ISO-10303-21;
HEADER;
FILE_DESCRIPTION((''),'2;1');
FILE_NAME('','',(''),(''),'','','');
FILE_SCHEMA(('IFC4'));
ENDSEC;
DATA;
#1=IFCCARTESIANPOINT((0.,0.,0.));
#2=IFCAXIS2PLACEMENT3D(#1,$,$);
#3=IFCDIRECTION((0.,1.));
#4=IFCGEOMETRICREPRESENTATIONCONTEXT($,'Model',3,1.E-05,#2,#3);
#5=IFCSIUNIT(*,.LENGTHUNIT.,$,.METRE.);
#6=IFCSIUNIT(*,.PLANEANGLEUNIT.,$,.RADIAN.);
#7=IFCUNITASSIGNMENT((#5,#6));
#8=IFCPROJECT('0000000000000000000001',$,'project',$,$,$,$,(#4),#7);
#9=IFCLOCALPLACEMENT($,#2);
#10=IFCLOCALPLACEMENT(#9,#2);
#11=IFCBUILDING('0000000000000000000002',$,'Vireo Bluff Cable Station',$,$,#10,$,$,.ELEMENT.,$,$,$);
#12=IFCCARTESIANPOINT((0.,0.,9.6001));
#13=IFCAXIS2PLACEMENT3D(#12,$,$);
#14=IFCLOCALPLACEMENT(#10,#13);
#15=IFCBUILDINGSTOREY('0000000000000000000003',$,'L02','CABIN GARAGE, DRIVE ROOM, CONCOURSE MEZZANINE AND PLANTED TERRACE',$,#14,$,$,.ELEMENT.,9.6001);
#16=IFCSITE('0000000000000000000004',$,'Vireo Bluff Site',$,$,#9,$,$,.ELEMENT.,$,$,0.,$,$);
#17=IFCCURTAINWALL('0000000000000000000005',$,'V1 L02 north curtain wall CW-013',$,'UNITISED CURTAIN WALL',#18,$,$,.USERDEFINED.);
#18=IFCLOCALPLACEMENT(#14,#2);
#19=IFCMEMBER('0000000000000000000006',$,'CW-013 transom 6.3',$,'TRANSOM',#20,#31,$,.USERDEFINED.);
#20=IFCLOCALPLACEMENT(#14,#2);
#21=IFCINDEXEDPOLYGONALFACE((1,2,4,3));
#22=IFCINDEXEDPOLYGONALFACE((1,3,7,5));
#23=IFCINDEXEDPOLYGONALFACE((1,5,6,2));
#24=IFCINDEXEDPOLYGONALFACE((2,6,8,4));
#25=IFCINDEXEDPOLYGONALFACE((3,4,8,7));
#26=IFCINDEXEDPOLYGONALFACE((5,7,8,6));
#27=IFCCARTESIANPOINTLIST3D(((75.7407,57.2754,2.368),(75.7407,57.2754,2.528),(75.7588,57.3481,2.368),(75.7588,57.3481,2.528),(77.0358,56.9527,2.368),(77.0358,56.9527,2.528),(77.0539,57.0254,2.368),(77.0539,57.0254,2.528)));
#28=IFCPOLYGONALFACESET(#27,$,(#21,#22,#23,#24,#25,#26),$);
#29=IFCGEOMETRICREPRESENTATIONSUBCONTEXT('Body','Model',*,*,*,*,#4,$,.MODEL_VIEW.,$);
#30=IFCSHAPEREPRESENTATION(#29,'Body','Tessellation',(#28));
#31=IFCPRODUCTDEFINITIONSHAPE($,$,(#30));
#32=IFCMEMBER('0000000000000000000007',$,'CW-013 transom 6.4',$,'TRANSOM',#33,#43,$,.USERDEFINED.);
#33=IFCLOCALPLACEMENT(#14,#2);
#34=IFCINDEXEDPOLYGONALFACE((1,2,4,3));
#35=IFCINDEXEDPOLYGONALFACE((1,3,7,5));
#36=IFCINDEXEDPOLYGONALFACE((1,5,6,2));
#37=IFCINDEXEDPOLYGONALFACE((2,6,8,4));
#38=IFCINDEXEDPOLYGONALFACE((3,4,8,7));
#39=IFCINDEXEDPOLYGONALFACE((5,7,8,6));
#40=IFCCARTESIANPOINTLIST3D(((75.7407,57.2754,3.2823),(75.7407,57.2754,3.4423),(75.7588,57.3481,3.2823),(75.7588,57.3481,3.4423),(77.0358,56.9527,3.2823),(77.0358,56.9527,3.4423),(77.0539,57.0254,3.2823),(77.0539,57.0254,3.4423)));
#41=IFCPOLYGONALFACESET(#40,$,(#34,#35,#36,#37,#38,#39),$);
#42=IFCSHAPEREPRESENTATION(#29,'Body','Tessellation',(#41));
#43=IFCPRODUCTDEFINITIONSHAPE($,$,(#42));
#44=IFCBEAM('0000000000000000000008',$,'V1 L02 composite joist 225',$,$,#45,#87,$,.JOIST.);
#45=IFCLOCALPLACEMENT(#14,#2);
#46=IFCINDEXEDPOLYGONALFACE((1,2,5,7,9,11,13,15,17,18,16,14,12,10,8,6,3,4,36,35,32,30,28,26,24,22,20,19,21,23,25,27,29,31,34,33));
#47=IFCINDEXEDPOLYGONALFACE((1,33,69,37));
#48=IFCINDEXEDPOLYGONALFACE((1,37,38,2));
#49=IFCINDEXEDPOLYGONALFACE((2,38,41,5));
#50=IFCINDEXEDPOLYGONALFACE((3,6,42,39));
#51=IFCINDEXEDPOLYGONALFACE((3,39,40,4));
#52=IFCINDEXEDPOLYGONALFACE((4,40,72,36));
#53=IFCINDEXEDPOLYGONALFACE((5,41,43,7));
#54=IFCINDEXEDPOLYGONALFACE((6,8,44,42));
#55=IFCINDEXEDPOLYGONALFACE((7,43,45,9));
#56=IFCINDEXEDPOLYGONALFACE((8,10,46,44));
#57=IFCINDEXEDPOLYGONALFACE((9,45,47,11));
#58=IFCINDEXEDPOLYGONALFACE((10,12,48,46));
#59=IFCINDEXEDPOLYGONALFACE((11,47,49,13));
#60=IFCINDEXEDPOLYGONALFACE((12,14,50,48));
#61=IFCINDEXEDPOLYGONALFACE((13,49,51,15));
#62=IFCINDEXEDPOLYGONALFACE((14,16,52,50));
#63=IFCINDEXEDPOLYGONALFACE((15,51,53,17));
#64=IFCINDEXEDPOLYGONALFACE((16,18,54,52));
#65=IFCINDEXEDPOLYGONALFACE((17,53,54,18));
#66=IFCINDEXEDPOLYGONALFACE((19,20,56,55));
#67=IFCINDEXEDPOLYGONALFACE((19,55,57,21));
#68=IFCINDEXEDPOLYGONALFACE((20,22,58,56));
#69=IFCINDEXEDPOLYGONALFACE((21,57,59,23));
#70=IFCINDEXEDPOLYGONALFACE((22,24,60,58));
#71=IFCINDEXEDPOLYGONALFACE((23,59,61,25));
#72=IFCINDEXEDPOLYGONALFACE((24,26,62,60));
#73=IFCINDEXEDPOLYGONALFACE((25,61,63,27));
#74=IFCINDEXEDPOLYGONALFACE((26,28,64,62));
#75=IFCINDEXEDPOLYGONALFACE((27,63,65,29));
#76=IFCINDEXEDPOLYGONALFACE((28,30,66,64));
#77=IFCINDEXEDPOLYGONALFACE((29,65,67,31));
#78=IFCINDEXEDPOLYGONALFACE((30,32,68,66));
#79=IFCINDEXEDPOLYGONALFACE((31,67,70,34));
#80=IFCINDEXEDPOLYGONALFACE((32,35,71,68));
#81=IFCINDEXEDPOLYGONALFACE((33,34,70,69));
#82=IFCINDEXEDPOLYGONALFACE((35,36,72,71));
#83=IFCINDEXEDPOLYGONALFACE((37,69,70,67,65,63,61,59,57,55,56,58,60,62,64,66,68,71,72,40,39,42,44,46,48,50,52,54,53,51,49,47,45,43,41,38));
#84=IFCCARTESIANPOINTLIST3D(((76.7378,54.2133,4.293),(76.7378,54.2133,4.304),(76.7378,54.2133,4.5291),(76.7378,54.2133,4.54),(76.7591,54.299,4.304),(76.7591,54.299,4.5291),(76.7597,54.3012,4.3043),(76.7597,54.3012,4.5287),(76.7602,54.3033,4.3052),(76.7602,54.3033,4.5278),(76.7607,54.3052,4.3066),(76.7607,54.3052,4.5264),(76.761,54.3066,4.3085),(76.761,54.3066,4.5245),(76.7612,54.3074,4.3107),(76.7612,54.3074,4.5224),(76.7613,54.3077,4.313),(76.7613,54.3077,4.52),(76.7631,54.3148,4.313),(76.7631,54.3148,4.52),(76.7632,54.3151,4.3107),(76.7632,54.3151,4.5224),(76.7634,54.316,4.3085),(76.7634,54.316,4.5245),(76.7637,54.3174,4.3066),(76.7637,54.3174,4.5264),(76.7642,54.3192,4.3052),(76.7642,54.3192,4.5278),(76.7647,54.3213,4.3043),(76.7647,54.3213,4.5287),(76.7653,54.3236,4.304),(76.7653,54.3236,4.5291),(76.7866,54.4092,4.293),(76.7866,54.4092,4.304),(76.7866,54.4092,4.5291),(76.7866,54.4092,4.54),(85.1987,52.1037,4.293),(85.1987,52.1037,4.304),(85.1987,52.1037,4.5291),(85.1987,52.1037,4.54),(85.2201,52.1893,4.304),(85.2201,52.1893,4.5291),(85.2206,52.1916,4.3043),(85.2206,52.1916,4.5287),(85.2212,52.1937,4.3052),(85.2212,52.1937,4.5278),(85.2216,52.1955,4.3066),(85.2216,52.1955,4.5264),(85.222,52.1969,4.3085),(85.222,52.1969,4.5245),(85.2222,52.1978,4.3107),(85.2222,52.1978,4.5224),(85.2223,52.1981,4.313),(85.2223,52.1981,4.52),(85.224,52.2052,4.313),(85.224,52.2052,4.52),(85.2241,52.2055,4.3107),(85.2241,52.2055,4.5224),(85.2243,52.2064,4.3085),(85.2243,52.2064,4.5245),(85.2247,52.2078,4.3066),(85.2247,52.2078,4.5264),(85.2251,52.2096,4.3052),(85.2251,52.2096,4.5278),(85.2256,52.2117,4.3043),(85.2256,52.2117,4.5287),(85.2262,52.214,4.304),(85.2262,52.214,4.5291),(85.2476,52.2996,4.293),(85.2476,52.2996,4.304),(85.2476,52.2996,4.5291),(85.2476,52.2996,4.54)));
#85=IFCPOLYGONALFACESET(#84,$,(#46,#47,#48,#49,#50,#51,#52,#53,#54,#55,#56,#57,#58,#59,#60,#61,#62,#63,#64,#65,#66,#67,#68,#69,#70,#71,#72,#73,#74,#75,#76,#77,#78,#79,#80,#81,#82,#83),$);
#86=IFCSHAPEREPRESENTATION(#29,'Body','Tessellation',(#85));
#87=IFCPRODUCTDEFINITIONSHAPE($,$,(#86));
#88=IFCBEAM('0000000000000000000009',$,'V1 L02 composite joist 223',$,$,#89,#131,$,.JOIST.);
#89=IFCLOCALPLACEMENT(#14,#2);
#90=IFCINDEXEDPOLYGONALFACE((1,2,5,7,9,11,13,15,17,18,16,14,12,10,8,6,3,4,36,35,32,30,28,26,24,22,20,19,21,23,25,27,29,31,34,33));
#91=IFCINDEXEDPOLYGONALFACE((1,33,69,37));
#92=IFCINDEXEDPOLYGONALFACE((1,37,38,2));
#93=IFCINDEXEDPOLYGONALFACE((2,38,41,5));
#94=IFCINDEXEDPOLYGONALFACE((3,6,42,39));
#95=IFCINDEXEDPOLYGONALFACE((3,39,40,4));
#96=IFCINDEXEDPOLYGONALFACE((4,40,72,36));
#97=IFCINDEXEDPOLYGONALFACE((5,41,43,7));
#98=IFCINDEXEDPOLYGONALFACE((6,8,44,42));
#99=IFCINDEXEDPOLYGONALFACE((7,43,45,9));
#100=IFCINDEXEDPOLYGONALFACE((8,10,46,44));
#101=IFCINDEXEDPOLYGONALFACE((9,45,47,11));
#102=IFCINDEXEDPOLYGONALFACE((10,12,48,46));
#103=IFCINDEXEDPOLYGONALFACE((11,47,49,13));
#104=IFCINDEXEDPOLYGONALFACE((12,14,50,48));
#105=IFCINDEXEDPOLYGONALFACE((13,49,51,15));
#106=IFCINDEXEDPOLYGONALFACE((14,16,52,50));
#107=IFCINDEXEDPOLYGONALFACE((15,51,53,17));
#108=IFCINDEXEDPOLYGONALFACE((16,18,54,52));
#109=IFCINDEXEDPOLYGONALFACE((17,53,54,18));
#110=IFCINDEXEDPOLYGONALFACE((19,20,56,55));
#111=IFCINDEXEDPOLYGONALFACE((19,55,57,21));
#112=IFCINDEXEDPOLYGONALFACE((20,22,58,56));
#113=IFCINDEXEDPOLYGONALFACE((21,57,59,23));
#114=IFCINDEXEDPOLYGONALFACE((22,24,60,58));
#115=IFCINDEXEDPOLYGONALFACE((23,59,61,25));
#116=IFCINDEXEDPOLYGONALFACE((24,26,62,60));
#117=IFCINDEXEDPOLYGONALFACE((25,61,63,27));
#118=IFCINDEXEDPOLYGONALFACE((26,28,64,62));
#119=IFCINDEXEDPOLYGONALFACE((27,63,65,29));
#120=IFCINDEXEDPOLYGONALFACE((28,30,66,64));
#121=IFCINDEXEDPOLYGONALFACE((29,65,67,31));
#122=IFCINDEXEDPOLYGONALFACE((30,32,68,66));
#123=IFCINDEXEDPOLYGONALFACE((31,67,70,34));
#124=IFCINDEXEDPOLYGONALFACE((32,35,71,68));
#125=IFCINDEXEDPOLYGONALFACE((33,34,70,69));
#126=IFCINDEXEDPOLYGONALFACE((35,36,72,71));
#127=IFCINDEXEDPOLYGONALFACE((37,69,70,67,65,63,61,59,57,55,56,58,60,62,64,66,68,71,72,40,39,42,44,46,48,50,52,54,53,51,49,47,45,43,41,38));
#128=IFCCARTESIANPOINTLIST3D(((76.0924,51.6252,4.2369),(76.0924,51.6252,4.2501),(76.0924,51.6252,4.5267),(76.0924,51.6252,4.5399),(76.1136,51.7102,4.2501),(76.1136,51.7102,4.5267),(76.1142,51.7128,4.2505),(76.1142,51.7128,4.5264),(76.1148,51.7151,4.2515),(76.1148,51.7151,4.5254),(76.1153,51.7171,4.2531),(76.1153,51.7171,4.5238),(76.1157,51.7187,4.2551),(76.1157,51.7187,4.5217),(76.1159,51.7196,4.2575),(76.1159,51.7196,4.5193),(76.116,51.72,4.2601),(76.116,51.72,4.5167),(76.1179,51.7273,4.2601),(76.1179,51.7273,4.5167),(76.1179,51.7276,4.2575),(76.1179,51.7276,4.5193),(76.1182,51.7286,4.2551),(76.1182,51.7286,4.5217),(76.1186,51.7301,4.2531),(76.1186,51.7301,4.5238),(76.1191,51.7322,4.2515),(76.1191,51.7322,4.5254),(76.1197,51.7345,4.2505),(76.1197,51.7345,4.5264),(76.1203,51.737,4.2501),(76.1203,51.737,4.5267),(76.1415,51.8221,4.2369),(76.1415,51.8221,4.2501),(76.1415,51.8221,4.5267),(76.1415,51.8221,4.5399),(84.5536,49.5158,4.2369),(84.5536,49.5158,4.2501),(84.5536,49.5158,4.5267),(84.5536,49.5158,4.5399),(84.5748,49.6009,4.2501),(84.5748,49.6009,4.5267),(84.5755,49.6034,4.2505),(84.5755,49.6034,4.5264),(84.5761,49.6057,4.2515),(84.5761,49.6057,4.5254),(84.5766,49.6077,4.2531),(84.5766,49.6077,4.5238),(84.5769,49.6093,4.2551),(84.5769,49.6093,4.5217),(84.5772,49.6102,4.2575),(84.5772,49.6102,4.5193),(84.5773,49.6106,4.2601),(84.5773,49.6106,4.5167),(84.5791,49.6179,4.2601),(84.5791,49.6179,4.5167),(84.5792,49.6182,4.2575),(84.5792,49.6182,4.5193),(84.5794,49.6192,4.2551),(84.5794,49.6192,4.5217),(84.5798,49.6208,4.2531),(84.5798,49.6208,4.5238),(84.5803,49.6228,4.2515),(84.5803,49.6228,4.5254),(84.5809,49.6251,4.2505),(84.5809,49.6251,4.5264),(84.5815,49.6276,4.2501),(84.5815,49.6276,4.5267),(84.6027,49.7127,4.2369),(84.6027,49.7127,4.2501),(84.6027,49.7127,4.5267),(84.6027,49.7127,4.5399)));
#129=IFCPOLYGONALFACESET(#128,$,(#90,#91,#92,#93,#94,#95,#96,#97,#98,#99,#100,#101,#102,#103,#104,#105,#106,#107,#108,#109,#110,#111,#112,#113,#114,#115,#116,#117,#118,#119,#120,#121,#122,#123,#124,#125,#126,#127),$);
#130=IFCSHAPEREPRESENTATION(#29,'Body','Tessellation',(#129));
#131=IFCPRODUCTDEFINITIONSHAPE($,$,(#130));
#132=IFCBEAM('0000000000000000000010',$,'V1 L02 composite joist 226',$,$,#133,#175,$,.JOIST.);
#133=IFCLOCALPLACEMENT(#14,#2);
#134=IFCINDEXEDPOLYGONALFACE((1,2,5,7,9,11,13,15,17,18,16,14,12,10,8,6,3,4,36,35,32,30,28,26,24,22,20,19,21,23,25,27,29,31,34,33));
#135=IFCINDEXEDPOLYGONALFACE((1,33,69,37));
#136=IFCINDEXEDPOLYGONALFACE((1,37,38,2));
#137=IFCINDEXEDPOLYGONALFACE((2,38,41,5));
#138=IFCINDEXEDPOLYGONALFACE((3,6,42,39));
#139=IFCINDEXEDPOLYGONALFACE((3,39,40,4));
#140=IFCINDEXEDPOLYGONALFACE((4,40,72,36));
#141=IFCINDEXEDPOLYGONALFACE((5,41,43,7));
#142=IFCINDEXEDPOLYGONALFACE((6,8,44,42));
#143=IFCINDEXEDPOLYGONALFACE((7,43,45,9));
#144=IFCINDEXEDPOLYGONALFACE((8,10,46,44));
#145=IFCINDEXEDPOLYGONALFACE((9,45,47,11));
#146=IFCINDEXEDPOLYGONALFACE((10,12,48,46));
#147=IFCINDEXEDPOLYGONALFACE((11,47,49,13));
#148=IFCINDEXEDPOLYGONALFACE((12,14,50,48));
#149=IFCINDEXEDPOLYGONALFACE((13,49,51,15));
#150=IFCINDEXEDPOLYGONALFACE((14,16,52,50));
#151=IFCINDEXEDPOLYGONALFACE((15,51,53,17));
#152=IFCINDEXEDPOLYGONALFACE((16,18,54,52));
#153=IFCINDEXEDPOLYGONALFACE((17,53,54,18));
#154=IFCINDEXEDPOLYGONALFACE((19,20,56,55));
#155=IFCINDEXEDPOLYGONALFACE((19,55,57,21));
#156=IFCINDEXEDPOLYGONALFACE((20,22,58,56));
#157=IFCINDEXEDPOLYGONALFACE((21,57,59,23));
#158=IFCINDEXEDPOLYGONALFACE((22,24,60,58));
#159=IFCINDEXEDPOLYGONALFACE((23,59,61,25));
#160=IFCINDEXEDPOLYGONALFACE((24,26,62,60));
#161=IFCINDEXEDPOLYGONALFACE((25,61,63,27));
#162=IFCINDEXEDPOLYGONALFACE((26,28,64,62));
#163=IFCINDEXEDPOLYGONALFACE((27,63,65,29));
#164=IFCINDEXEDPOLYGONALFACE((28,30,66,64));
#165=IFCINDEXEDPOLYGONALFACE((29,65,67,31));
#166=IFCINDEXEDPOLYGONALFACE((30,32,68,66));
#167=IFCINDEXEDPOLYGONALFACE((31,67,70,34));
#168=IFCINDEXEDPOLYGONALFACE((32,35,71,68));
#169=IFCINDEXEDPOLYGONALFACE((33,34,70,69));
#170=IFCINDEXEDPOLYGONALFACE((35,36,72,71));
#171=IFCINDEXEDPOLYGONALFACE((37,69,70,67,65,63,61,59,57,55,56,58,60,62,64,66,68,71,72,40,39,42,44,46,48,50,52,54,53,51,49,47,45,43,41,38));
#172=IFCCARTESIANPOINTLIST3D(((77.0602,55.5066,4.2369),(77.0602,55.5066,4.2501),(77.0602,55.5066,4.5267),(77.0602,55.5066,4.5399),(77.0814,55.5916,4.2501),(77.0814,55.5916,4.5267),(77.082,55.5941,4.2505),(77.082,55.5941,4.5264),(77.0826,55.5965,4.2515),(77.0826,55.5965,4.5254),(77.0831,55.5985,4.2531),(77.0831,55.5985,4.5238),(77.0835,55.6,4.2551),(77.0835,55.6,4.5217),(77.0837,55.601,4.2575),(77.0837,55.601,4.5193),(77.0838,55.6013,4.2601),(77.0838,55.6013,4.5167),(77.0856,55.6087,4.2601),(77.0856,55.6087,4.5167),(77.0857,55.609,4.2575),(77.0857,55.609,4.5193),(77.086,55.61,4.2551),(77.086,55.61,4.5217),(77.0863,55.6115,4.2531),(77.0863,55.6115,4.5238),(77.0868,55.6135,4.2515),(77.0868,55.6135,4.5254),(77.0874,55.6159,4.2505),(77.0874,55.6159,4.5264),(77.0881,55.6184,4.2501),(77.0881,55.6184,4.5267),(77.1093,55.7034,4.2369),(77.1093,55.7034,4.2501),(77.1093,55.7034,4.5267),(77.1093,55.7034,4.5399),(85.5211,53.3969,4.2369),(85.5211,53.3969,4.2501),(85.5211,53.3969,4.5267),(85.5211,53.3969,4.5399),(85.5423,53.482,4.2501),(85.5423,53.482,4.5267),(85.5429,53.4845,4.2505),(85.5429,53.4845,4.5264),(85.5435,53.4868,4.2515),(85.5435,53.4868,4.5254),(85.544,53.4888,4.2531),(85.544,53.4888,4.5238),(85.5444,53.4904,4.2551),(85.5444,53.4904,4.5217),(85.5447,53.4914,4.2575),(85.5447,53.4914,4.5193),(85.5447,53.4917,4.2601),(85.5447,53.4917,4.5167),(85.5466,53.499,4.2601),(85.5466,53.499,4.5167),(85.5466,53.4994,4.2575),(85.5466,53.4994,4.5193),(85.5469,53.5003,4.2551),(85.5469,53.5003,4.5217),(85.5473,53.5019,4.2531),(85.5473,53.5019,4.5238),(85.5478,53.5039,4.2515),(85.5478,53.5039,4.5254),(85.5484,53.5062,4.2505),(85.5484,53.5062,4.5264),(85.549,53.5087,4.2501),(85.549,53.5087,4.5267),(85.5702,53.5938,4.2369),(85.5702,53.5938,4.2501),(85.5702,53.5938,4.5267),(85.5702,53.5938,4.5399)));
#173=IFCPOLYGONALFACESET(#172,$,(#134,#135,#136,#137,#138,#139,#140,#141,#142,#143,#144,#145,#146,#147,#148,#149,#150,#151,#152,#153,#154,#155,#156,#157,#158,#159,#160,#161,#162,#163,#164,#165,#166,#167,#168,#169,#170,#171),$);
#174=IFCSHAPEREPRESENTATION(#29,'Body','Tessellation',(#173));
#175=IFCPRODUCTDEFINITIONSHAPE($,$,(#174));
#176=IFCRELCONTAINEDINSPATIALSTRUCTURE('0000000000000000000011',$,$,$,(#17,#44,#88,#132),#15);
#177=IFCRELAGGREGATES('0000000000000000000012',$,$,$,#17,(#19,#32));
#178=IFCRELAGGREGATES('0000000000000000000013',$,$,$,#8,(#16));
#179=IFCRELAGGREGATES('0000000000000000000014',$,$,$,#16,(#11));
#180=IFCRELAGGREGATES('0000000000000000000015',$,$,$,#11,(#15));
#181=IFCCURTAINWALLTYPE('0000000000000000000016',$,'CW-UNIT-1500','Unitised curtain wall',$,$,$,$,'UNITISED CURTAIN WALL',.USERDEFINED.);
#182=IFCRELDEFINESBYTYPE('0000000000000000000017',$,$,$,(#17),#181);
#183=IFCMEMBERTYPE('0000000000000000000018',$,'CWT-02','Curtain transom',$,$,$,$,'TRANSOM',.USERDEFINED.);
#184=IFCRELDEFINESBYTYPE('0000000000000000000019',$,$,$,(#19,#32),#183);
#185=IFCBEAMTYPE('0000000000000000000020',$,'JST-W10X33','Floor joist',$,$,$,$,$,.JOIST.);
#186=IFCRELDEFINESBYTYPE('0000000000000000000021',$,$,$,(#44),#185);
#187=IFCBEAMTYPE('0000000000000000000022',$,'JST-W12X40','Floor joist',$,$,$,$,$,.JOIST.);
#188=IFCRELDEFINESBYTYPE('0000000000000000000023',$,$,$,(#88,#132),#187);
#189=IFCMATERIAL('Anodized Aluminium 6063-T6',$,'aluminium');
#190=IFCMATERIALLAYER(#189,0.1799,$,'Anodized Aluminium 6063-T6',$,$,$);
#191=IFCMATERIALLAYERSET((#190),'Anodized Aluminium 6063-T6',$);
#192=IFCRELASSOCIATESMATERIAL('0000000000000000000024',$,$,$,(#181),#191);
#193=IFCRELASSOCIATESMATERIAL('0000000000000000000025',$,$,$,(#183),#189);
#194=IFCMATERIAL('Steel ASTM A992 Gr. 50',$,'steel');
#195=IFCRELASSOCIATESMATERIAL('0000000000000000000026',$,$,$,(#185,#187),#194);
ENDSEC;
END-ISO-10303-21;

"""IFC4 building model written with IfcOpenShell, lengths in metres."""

from ifc_helpers import new_model, si_unit, direction, frame, origin, origin_2d, place, context, subcontext, project, spatial, rectangle, i_section, extrude, material, layer, layer_set, material_profile, profile_set, type_object, element, aggregate, save


model = new_model("IFC4")

# Units and contexts
model_context = context("Model", 3, precision=1e-05, world=origin(), true_north=direction((0.0, 1.0)))
body_context = subcontext(model_context, "Body", "Model", "MODEL_VIEW")
ifc_project = project(units=[si_unit("LENGTHUNIT", "METRE"), si_unit("PLANEANGLEUNIT", "RADIAN")], contexts=[model_context])

# Site, building, storey
site_placement = place(None, origin())
site = spatial("IfcSite", under=ifc_project, at=site_placement, Name="Vireo Bluff Site", CompositionType="ELEMENT", RefElevation=0.0)
building_placement = place(site_placement, origin())
building = spatial("IfcBuilding", under=site, at=building_placement, Name="Vireo Bluff Cable Station", CompositionType="ELEMENT")
storey_placement = place(building_placement, frame((0.0, 0.0, 9.6001)))
storey = spatial("IfcBuildingStorey", under=building, at=storey_placement, Name="L02", Description="CABIN GARAGE, DRIVE ROOM, CONCOURSE MEZZANINE AND PLANTED TERRACE", CompositionType="ELEMENT", Elevation=9.6001)

# Shared definitions
ifc_material_1 = material(Name="Steel ASTM A992 Gr. 50", Category="steel")

# Curtain wall, members
ifc_material_2 = material(Name="Anodized Aluminium 6063-T6", Category="aluminium")
ifc_layer_1 = layer(ifc_material_2, 0.1799, Name="Anodized Aluminium 6063-T6")
ifc_layer_set_1 = layer_set([ifc_layer_1], Name="Anodized Aluminium 6063-T6")
curtain_wall_type = type_object("IfcCurtainWallType", Name="CW-UNIT-1500", Description="Unitised curtain wall", ElementType="UNITISED CURTAIN WALL", PredefinedType="USERDEFINED", material=ifc_layer_set_1)
curtain_wall_placement = place(storey_placement, origin())
curtain_wall = element("IfcCurtainWall", 1, at=curtain_wall_placement, inside=storey, type_object=curtain_wall_type, Name="V1 L02 north curtain wall CW-013", ObjectType="UNITISED CURTAIN WALL", PredefinedType="USERDEFINED")
ifc_material_profile_1 = material_profile(ifc_material_2, rectangle(XDim=0.075, YDim=0.1599, at=origin_2d()), Name="ALU-T-75X160")
ifc_profile_set_1 = profile_set([ifc_material_profile_1], Name="Anodized Aluminium 6063-T6")
member_type_1 = type_object("IfcMemberType", Name="CWT-02", Description="Curtain transom", ElementType="TRANSOM", PredefinedType="USERDEFINED", material=ifc_profile_set_1)
member_1_placement = place(storey_placement, frame((75.7498, 57.3118, 2.448), z_axis=(0.970325, -0.241804, 0.0), x_axis=(0.241804, 0.970325, 0.0)))
member_1 = element("IfcMember", 2, at=member_1_placement, type_object=member_type_1, Name="CW-013 transom 6.3", ObjectType="TRANSOM", PredefinedType="USERDEFINED", context=body_context, shape_type="SweptSolid", body=[
    extrude(rectangle(XDim=0.075, YDim=0.1599, at=origin_2d()), origin(), (0.0, 0.0, 1.0), 1.3347),
])
member_2_placement = place(storey_placement, frame((75.7498, 57.3118, 3.3623), z_axis=(0.970325, -0.241804, 0.0), x_axis=(0.241804, 0.970325, 0.0)))
member_2 = element("IfcMember", 3, at=member_2_placement, type_object=member_type_1, Name="CW-013 transom 6.4", ObjectType="TRANSOM", PredefinedType="USERDEFINED", context=body_context, shape_type="SweptSolid", body=[
    extrude(rectangle(XDim=0.075, YDim=0.1599, at=origin_2d()), origin(), (0.0, 0.0, 1.0), 1.3347),
])

# Beams
ifc_material_profile_2 = material_profile(ifc_material_1, i_section(OverallWidth=0.2019, OverallDepth=0.2471, WebThickness=0.0073, FlangeThickness=0.011, FilletRadius=0.009, at=origin_2d()), Name="W10X33")
ifc_profile_set_2 = profile_set([ifc_material_profile_2], Name="Steel ASTM A992 Gr. 50")
beam_type_1 = type_object("IfcBeamType", Name="JST-W10X33", Description="Floor joist", PredefinedType="JOIST", material=ifc_profile_set_2)
beam_1_placement = place(storey_placement, frame((76.7622, 54.3113, 4.4165), z_axis=(0.970294, -0.24193, 0.0), x_axis=(0.24193, 0.970294, 0.0)))
element("IfcBeam", 4, at=beam_1_placement, inside=storey, type_object=beam_type_1, Name="V1 L02 composite joist 225", PredefinedType="JOIST", context=body_context, shape_type="SweptSolid", body=[
    extrude(i_section(OverallWidth=0.2019, OverallDepth=0.2471, WebThickness=0.0073, FlangeThickness=0.011, FilletRadius=0.009, at=origin_2d()), origin(), (0.0, 0.0, 1.0), 8.72),
])
ifc_material_profile_3 = material_profile(ifc_material_1, i_section(OverallWidth=0.2029, OverallDepth=0.303, WebThickness=0.0076, FlangeThickness=0.0132, FilletRadius=0.01, at=origin_2d()), Name="W12X40")
ifc_profile_set_3 = profile_set([ifc_material_profile_3], Name="Steel ASTM A992 Gr. 50")
beam_type_2 = type_object("IfcBeamType", Name="JST-W12X40", Description="Floor joist", PredefinedType="JOIST", material=ifc_profile_set_3)
beam_2_placement = place(storey_placement, frame((76.1169, 51.7236, 4.3884), z_axis=(0.970302, -0.241897, 0.0), x_axis=(0.241897, 0.970302, 0.0)))
element("IfcBeam", 5, at=beam_2_placement, inside=storey, type_object=beam_type_2, Name="V1 L02 composite joist 223", PredefinedType="JOIST", context=body_context, shape_type="SweptSolid", body=[
    extrude(i_section(OverallWidth=0.2029, OverallDepth=0.303, WebThickness=0.0076, FlangeThickness=0.0132, FilletRadius=0.01, at=origin_2d()), origin(), (0.0, 0.0, 1.0), 8.7202),
])
beam_3_placement = place(storey_placement, frame((77.0847, 55.605, 4.3884), z_axis=(0.970294, -0.24193, 0.0), x_axis=(0.24193, 0.970294, 0.0)))
element("IfcBeam", 6, at=beam_3_placement, inside=storey, type_object=beam_type_2, Name="V1 L02 composite joist 226", PredefinedType="JOIST", context=body_context, shape_type="SweptSolid", body=[
    extrude(i_section(OverallWidth=0.2029, OverallDepth=0.303, WebThickness=0.0076, FlangeThickness=0.0132, FilletRadius=0.01, at=origin_2d()), origin(), (0.0, 0.0, 1.0), 8.72),
])

aggregate(curtain_wall, [member_1, member_2])

save(model, "model.ifc")
